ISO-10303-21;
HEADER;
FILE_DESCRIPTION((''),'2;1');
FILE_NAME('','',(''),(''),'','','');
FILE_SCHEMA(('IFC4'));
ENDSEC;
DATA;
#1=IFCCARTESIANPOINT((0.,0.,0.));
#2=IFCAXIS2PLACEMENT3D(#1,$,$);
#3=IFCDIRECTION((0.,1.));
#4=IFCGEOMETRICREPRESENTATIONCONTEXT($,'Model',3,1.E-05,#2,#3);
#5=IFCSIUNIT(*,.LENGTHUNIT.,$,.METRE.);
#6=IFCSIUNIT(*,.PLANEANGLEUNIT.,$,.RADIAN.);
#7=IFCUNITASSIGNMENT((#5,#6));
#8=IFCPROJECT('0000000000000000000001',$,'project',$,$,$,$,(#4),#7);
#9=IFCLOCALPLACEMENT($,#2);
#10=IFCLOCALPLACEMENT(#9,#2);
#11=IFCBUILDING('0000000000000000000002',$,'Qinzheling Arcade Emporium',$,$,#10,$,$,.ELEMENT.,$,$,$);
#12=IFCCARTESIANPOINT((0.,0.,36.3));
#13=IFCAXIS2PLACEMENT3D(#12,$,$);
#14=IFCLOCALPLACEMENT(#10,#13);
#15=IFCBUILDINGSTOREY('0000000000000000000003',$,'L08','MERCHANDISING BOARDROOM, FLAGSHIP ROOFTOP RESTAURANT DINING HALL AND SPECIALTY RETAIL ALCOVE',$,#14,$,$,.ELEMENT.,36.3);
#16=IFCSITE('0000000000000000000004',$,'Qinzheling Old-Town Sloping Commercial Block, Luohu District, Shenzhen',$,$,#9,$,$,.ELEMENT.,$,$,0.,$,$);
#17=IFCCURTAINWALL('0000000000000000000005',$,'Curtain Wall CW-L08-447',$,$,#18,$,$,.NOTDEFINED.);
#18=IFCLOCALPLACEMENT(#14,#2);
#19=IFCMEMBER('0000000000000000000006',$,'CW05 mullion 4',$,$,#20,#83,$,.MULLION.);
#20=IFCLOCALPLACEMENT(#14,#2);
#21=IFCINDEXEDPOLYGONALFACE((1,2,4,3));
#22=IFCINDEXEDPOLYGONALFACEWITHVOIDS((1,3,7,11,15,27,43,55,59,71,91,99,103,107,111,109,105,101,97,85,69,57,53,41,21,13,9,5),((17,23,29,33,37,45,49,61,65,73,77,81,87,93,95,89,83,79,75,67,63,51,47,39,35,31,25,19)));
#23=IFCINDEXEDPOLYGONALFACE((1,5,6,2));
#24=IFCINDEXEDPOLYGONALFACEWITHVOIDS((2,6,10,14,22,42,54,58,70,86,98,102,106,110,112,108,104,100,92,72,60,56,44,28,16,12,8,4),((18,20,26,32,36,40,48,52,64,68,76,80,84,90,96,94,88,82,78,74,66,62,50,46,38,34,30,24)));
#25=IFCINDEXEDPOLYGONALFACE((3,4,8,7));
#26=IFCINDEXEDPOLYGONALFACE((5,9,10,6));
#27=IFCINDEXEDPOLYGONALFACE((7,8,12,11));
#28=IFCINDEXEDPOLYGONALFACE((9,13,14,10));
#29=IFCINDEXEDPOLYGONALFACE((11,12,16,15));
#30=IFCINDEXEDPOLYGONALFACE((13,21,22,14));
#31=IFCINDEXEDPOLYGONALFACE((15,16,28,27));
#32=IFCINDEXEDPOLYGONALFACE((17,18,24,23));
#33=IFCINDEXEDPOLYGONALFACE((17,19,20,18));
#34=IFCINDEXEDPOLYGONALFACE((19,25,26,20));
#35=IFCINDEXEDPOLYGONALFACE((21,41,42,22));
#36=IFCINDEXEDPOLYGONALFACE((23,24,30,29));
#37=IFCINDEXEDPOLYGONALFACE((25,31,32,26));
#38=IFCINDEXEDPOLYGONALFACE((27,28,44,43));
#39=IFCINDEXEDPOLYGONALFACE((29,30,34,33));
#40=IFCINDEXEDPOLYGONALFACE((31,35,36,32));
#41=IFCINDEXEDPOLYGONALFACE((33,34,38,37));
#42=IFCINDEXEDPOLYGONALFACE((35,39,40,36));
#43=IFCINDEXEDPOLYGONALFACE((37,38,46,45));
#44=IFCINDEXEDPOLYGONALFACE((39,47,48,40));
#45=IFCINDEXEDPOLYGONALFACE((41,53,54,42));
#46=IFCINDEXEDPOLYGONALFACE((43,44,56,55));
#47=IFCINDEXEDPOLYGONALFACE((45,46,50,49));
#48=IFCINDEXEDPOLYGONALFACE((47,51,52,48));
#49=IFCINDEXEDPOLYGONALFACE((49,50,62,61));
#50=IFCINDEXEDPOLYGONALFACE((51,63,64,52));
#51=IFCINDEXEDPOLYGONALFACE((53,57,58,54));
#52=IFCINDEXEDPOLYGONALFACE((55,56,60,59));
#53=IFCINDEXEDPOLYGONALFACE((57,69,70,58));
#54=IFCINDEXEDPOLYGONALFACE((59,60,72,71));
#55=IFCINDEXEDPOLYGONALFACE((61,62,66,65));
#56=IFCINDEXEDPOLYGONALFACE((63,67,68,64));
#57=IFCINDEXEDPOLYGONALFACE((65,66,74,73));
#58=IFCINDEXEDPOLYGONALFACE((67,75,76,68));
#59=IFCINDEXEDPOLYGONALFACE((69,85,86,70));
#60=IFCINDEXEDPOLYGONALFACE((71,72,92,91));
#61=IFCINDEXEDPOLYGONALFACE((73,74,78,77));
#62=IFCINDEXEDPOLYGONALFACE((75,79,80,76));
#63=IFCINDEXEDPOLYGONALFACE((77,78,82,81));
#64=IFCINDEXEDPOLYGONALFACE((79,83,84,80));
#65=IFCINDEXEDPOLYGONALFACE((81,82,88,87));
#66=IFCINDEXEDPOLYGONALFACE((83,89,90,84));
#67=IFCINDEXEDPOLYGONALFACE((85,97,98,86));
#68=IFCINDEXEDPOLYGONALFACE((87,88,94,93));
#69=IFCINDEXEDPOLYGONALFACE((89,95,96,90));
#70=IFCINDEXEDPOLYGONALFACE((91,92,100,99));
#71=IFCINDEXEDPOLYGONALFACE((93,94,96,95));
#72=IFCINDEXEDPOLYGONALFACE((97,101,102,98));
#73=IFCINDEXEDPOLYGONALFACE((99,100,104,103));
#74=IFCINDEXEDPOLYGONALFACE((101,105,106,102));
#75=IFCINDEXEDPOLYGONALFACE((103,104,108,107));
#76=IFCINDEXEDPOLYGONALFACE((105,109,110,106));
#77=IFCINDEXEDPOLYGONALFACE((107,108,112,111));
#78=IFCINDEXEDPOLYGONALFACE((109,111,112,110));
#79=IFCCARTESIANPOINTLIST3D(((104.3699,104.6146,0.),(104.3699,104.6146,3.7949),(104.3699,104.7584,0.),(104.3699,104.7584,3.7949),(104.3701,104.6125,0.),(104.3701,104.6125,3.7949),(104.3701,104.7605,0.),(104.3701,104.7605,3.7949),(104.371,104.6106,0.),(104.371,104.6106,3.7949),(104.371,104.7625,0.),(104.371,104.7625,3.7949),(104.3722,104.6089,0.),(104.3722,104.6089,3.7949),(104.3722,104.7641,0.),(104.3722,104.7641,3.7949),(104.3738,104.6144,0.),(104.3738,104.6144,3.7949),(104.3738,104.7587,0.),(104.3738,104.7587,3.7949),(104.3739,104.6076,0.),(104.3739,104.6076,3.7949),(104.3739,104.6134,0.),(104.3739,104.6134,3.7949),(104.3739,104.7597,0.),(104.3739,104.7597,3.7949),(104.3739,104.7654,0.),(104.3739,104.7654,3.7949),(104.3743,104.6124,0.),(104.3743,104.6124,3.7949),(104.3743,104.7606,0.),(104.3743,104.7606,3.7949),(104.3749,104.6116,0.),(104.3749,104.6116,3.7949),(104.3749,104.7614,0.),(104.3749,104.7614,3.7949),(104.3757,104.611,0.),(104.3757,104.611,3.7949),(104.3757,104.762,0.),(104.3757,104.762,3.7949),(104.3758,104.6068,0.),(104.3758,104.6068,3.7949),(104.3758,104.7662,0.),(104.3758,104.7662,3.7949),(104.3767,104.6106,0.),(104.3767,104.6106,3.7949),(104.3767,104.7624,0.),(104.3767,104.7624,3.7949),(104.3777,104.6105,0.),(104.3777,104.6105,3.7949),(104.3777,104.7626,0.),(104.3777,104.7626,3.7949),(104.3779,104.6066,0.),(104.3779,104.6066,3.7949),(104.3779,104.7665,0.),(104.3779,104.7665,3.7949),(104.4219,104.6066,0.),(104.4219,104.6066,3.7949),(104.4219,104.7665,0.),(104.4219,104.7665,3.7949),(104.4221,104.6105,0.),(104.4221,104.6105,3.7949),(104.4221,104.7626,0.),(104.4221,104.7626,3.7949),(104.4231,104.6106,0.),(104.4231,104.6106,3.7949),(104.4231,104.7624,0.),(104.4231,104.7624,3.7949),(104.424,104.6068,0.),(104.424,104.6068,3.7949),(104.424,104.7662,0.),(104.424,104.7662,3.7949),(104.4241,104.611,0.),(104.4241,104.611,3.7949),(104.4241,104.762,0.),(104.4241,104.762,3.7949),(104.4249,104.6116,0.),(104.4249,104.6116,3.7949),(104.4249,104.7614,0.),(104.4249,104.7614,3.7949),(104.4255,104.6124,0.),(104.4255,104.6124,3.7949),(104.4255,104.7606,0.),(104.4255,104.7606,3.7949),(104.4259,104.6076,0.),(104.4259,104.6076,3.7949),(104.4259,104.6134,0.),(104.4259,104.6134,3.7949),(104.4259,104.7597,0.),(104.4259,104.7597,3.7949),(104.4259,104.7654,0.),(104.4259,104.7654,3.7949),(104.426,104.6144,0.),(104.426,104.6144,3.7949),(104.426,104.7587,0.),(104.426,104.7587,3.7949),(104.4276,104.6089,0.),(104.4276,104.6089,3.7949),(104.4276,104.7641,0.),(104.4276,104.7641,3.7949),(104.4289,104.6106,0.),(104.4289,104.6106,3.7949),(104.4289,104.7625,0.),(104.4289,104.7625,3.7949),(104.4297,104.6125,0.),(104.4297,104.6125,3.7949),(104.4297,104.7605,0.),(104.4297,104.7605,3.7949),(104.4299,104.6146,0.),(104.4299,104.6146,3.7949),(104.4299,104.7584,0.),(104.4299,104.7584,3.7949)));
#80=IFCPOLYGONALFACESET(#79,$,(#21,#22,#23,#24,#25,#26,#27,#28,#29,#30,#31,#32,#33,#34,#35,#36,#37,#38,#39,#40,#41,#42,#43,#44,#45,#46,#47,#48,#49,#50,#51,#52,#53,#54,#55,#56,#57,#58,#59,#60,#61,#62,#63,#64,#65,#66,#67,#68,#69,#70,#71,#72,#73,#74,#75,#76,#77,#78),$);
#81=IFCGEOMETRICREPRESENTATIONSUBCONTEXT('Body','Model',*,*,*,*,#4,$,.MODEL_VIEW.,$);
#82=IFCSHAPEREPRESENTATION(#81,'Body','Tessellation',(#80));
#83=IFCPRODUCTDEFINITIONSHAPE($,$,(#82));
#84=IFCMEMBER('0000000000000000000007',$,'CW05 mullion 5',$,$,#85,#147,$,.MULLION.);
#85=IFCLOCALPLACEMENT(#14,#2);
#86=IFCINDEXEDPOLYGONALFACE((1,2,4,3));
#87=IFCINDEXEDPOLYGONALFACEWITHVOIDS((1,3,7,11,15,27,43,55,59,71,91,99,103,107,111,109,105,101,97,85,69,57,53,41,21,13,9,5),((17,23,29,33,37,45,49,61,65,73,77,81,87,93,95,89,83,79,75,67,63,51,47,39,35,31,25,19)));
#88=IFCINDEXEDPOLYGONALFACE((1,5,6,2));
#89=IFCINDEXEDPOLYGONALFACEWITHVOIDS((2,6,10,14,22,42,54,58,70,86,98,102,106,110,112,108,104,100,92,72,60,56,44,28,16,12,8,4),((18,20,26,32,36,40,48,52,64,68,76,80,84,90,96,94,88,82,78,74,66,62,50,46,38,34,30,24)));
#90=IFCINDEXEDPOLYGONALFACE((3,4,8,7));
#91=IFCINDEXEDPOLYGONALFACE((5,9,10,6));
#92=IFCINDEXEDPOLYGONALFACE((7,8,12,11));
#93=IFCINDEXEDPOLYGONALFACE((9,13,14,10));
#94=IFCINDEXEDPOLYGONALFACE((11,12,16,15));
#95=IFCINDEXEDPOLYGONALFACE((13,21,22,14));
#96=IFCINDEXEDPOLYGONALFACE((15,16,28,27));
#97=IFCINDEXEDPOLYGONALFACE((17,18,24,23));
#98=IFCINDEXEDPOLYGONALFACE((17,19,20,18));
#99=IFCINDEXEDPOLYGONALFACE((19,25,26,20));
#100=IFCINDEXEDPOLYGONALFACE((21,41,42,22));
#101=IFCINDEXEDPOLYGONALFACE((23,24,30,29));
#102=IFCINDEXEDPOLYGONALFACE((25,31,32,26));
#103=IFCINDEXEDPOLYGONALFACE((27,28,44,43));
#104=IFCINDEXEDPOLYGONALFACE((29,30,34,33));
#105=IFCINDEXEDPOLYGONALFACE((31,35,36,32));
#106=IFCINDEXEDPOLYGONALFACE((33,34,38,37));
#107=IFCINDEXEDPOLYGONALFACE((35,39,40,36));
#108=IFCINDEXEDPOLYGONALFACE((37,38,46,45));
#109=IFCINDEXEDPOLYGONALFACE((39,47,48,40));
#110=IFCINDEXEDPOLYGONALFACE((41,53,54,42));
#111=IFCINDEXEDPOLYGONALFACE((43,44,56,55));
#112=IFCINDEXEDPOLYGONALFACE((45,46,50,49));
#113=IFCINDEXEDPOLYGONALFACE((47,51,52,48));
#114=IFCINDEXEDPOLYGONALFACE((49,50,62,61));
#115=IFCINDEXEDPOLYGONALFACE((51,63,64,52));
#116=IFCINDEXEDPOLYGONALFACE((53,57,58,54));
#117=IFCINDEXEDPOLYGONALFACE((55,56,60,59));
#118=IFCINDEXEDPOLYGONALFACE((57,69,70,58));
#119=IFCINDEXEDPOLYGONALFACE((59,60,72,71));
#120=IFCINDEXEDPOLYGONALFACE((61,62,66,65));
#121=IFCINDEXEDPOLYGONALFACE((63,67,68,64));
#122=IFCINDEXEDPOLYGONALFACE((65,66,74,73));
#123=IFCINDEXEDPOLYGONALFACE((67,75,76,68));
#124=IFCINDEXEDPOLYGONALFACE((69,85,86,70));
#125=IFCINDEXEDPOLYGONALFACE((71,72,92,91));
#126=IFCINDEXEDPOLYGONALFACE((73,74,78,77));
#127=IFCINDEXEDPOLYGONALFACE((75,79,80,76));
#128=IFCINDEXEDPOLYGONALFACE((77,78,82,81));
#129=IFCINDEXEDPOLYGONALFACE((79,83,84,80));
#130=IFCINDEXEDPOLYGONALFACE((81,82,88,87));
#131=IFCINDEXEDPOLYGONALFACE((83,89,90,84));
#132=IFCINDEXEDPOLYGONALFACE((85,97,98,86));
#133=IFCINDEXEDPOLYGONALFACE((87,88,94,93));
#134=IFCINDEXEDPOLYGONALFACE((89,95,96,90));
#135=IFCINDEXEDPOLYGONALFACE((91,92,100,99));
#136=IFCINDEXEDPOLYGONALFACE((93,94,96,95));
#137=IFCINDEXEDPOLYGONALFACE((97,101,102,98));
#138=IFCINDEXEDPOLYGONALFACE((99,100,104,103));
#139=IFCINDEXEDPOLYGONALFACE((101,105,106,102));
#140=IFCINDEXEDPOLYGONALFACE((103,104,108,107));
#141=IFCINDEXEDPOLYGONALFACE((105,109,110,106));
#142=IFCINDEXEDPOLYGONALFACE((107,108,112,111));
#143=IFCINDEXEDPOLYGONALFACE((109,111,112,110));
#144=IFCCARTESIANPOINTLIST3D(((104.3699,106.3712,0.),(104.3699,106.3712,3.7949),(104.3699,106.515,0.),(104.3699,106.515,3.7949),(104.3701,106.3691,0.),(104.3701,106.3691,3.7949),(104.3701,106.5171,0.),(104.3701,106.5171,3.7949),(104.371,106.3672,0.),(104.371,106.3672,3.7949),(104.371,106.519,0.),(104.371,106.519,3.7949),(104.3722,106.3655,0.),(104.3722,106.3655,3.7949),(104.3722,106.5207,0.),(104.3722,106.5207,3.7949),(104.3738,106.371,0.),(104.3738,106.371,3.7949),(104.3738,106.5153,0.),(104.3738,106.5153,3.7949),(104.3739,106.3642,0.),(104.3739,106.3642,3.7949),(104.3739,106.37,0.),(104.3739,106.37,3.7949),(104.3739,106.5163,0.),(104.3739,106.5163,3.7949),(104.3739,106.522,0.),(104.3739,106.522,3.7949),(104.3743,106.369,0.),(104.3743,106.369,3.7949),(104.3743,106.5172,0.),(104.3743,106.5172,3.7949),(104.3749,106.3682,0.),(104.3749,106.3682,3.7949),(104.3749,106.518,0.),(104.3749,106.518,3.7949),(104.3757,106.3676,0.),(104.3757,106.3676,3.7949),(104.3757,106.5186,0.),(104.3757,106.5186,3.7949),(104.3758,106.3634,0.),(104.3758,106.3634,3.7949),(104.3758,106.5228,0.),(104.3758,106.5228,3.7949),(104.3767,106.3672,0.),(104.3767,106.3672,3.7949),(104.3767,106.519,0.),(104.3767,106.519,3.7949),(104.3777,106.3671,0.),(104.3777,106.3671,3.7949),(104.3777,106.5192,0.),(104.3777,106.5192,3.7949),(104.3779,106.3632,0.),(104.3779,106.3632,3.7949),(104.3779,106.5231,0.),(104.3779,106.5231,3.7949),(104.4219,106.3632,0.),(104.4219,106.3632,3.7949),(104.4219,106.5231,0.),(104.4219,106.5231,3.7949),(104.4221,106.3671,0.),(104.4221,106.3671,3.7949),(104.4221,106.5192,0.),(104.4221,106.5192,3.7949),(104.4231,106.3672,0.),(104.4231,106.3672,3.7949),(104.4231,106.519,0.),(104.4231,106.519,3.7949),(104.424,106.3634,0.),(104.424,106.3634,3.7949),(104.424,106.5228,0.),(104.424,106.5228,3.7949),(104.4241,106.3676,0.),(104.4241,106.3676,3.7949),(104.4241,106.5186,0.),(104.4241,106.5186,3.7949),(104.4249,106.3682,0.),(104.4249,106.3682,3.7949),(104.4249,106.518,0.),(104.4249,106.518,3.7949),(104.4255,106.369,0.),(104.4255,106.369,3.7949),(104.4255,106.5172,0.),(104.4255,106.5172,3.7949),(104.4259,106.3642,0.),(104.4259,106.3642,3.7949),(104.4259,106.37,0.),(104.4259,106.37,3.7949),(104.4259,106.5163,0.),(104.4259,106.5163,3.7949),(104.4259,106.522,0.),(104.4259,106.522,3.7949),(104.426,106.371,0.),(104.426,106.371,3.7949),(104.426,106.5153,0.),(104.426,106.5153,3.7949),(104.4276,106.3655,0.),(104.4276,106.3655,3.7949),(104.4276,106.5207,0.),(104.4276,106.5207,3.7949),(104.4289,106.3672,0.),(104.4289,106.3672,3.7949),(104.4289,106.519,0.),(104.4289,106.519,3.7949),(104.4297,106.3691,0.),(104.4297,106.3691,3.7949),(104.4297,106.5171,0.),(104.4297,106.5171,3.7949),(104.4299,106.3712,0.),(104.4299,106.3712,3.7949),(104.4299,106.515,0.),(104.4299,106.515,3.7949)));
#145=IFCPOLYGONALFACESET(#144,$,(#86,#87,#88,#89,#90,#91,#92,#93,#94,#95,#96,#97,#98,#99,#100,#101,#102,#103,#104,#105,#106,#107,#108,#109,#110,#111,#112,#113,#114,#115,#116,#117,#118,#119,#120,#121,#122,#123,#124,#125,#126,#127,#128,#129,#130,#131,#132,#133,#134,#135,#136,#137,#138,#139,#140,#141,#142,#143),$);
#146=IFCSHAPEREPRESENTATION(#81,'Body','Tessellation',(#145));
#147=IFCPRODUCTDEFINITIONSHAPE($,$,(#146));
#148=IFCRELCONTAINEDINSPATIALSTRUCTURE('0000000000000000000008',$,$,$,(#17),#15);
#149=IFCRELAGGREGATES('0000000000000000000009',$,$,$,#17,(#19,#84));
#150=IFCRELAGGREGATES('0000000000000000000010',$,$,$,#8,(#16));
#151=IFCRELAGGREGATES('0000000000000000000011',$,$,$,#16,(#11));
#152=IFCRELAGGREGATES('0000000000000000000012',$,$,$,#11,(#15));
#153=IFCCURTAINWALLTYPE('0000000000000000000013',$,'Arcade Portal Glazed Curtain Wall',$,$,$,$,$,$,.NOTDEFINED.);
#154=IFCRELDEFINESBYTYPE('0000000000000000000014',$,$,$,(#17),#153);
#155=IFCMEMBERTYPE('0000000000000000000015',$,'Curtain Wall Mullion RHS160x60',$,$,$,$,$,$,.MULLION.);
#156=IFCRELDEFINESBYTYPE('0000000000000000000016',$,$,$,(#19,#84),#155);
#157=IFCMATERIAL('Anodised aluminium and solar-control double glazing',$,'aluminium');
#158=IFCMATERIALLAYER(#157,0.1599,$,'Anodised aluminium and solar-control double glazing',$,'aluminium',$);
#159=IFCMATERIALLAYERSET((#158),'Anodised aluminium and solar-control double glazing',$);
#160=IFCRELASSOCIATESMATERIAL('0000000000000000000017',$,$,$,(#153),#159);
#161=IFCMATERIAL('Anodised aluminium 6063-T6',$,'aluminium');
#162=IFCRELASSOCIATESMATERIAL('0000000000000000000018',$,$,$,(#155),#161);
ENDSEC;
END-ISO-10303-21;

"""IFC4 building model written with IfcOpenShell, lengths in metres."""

from ifc_helpers import new_model, si_unit, direction, frame, origin, origin_2d, place, context, subcontext, project, spatial, hollow_rectangle, extrude, material, layer, layer_set, material_profile, profile_set, type_object, element, aggregate, save


model = new_model("IFC4")

# Units and contexts
model_context = context("Model", 3, precision=1e-05, world=origin(), true_north=direction((0.0, 1.0)))
body_context = subcontext(model_context, "Body", "Model", "MODEL_VIEW")
ifc_project = project(units=[si_unit("LENGTHUNIT", "METRE"), si_unit("PLANEANGLEUNIT", "RADIAN")], contexts=[model_context])

# Site, building, storey
site_placement = place(None, origin())
site = spatial("IfcSite", under=ifc_project, at=site_placement, Name="Qinzheling Old-Town Sloping Commercial Block, Luohu District, Shenzhen", CompositionType="ELEMENT", RefElevation=0.0)
building_placement = place(site_placement, origin())
building = spatial("IfcBuilding", under=site, at=building_placement, Name="Qinzheling Arcade Emporium", CompositionType="ELEMENT")
storey_placement = place(building_placement, frame((0.0, 0.0, 36.3)))
storey = spatial("IfcBuildingStorey", under=building, at=storey_placement, Name="L08", Description="MERCHANDISING BOARDROOM, FLAGSHIP ROOFTOP RESTAURANT DINING HALL AND SPECIALTY RETAIL ALCOVE", CompositionType="ELEMENT", Elevation=36.3)

# Curtain wall, members
ifc_material_1 = material(Name="Anodised aluminium and solar-control double glazing", Category="aluminium")
ifc_layer_1 = layer(ifc_material_1, 0.1599, Name="Anodised aluminium and solar-control double glazing", Category="aluminium")
ifc_layer_set_1 = layer_set([ifc_layer_1], Name="Anodised aluminium and solar-control double glazing")
curtain_wall_type = type_object("IfcCurtainWallType", Name="Arcade Portal Glazed Curtain Wall", PredefinedType="NOTDEFINED", material=ifc_layer_set_1)
curtain_wall_placement = place(storey_placement, origin())
curtain_wall = element("IfcCurtainWall", 1, at=curtain_wall_placement, inside=storey, type_object=curtain_wall_type, Name="Curtain Wall CW-L08-447", PredefinedType="NOTDEFINED")
ifc_material_2 = material(Name="Anodised aluminium 6063-T6", Category="aluminium")
ifc_material_profile_1 = material_profile(ifc_material_2, hollow_rectangle(XDim=0.0601, YDim=0.1599, WallThickness=0.0039, InnerFilletRadius=0.0039, OuterFilletRadius=0.0081, at=origin_2d()), Name="RHS 160x60x4", Category="aluminium")
ifc_profile_set_1 = profile_set([ifc_material_profile_1], Name="Anodised aluminium 6063-T6")
member_type_1 = type_object("IfcMemberType", Name="Curtain Wall Mullion RHS160x60", PredefinedType="MULLION", material=ifc_profile_set_1)
member_1_placement = place(storey_placement, frame((104.3999, 104.6865, 0.0), z_axis=(0.0, 0.0, 1.0), x_axis=(-1.0, 0.0, 0.0)))
member_1 = element("IfcMember", 2, at=member_1_placement, type_object=member_type_1, Name="CW05 mullion 4", PredefinedType="MULLION", context=body_context, shape_type="SweptSolid", body=[
    extrude(hollow_rectangle(XDim=0.0601, YDim=0.1599, WallThickness=0.0039, InnerFilletRadius=0.0039, OuterFilletRadius=0.0081, at=origin_2d()), origin(), (0.0, 0.0, 1.0), 3.7949),
])
member_2_placement = place(storey_placement, frame((104.3999, 106.4431, 0.0), z_axis=(0.0, 0.0, 1.0), x_axis=(-1.0, 0.0, 0.0)))
member_2 = element("IfcMember", 3, at=member_2_placement, type_object=member_type_1, Name="CW05 mullion 5", PredefinedType="MULLION", context=body_context, shape_type="SweptSolid", body=[
    extrude(hollow_rectangle(XDim=0.0601, YDim=0.1599, WallThickness=0.0039, InnerFilletRadius=0.0039, OuterFilletRadius=0.0081, at=origin_2d()), origin(), (0.0, 0.0, 1.0), 3.7949),
])

aggregate(curtain_wall, [member_1, member_2])

save(model, "model.ifc")
